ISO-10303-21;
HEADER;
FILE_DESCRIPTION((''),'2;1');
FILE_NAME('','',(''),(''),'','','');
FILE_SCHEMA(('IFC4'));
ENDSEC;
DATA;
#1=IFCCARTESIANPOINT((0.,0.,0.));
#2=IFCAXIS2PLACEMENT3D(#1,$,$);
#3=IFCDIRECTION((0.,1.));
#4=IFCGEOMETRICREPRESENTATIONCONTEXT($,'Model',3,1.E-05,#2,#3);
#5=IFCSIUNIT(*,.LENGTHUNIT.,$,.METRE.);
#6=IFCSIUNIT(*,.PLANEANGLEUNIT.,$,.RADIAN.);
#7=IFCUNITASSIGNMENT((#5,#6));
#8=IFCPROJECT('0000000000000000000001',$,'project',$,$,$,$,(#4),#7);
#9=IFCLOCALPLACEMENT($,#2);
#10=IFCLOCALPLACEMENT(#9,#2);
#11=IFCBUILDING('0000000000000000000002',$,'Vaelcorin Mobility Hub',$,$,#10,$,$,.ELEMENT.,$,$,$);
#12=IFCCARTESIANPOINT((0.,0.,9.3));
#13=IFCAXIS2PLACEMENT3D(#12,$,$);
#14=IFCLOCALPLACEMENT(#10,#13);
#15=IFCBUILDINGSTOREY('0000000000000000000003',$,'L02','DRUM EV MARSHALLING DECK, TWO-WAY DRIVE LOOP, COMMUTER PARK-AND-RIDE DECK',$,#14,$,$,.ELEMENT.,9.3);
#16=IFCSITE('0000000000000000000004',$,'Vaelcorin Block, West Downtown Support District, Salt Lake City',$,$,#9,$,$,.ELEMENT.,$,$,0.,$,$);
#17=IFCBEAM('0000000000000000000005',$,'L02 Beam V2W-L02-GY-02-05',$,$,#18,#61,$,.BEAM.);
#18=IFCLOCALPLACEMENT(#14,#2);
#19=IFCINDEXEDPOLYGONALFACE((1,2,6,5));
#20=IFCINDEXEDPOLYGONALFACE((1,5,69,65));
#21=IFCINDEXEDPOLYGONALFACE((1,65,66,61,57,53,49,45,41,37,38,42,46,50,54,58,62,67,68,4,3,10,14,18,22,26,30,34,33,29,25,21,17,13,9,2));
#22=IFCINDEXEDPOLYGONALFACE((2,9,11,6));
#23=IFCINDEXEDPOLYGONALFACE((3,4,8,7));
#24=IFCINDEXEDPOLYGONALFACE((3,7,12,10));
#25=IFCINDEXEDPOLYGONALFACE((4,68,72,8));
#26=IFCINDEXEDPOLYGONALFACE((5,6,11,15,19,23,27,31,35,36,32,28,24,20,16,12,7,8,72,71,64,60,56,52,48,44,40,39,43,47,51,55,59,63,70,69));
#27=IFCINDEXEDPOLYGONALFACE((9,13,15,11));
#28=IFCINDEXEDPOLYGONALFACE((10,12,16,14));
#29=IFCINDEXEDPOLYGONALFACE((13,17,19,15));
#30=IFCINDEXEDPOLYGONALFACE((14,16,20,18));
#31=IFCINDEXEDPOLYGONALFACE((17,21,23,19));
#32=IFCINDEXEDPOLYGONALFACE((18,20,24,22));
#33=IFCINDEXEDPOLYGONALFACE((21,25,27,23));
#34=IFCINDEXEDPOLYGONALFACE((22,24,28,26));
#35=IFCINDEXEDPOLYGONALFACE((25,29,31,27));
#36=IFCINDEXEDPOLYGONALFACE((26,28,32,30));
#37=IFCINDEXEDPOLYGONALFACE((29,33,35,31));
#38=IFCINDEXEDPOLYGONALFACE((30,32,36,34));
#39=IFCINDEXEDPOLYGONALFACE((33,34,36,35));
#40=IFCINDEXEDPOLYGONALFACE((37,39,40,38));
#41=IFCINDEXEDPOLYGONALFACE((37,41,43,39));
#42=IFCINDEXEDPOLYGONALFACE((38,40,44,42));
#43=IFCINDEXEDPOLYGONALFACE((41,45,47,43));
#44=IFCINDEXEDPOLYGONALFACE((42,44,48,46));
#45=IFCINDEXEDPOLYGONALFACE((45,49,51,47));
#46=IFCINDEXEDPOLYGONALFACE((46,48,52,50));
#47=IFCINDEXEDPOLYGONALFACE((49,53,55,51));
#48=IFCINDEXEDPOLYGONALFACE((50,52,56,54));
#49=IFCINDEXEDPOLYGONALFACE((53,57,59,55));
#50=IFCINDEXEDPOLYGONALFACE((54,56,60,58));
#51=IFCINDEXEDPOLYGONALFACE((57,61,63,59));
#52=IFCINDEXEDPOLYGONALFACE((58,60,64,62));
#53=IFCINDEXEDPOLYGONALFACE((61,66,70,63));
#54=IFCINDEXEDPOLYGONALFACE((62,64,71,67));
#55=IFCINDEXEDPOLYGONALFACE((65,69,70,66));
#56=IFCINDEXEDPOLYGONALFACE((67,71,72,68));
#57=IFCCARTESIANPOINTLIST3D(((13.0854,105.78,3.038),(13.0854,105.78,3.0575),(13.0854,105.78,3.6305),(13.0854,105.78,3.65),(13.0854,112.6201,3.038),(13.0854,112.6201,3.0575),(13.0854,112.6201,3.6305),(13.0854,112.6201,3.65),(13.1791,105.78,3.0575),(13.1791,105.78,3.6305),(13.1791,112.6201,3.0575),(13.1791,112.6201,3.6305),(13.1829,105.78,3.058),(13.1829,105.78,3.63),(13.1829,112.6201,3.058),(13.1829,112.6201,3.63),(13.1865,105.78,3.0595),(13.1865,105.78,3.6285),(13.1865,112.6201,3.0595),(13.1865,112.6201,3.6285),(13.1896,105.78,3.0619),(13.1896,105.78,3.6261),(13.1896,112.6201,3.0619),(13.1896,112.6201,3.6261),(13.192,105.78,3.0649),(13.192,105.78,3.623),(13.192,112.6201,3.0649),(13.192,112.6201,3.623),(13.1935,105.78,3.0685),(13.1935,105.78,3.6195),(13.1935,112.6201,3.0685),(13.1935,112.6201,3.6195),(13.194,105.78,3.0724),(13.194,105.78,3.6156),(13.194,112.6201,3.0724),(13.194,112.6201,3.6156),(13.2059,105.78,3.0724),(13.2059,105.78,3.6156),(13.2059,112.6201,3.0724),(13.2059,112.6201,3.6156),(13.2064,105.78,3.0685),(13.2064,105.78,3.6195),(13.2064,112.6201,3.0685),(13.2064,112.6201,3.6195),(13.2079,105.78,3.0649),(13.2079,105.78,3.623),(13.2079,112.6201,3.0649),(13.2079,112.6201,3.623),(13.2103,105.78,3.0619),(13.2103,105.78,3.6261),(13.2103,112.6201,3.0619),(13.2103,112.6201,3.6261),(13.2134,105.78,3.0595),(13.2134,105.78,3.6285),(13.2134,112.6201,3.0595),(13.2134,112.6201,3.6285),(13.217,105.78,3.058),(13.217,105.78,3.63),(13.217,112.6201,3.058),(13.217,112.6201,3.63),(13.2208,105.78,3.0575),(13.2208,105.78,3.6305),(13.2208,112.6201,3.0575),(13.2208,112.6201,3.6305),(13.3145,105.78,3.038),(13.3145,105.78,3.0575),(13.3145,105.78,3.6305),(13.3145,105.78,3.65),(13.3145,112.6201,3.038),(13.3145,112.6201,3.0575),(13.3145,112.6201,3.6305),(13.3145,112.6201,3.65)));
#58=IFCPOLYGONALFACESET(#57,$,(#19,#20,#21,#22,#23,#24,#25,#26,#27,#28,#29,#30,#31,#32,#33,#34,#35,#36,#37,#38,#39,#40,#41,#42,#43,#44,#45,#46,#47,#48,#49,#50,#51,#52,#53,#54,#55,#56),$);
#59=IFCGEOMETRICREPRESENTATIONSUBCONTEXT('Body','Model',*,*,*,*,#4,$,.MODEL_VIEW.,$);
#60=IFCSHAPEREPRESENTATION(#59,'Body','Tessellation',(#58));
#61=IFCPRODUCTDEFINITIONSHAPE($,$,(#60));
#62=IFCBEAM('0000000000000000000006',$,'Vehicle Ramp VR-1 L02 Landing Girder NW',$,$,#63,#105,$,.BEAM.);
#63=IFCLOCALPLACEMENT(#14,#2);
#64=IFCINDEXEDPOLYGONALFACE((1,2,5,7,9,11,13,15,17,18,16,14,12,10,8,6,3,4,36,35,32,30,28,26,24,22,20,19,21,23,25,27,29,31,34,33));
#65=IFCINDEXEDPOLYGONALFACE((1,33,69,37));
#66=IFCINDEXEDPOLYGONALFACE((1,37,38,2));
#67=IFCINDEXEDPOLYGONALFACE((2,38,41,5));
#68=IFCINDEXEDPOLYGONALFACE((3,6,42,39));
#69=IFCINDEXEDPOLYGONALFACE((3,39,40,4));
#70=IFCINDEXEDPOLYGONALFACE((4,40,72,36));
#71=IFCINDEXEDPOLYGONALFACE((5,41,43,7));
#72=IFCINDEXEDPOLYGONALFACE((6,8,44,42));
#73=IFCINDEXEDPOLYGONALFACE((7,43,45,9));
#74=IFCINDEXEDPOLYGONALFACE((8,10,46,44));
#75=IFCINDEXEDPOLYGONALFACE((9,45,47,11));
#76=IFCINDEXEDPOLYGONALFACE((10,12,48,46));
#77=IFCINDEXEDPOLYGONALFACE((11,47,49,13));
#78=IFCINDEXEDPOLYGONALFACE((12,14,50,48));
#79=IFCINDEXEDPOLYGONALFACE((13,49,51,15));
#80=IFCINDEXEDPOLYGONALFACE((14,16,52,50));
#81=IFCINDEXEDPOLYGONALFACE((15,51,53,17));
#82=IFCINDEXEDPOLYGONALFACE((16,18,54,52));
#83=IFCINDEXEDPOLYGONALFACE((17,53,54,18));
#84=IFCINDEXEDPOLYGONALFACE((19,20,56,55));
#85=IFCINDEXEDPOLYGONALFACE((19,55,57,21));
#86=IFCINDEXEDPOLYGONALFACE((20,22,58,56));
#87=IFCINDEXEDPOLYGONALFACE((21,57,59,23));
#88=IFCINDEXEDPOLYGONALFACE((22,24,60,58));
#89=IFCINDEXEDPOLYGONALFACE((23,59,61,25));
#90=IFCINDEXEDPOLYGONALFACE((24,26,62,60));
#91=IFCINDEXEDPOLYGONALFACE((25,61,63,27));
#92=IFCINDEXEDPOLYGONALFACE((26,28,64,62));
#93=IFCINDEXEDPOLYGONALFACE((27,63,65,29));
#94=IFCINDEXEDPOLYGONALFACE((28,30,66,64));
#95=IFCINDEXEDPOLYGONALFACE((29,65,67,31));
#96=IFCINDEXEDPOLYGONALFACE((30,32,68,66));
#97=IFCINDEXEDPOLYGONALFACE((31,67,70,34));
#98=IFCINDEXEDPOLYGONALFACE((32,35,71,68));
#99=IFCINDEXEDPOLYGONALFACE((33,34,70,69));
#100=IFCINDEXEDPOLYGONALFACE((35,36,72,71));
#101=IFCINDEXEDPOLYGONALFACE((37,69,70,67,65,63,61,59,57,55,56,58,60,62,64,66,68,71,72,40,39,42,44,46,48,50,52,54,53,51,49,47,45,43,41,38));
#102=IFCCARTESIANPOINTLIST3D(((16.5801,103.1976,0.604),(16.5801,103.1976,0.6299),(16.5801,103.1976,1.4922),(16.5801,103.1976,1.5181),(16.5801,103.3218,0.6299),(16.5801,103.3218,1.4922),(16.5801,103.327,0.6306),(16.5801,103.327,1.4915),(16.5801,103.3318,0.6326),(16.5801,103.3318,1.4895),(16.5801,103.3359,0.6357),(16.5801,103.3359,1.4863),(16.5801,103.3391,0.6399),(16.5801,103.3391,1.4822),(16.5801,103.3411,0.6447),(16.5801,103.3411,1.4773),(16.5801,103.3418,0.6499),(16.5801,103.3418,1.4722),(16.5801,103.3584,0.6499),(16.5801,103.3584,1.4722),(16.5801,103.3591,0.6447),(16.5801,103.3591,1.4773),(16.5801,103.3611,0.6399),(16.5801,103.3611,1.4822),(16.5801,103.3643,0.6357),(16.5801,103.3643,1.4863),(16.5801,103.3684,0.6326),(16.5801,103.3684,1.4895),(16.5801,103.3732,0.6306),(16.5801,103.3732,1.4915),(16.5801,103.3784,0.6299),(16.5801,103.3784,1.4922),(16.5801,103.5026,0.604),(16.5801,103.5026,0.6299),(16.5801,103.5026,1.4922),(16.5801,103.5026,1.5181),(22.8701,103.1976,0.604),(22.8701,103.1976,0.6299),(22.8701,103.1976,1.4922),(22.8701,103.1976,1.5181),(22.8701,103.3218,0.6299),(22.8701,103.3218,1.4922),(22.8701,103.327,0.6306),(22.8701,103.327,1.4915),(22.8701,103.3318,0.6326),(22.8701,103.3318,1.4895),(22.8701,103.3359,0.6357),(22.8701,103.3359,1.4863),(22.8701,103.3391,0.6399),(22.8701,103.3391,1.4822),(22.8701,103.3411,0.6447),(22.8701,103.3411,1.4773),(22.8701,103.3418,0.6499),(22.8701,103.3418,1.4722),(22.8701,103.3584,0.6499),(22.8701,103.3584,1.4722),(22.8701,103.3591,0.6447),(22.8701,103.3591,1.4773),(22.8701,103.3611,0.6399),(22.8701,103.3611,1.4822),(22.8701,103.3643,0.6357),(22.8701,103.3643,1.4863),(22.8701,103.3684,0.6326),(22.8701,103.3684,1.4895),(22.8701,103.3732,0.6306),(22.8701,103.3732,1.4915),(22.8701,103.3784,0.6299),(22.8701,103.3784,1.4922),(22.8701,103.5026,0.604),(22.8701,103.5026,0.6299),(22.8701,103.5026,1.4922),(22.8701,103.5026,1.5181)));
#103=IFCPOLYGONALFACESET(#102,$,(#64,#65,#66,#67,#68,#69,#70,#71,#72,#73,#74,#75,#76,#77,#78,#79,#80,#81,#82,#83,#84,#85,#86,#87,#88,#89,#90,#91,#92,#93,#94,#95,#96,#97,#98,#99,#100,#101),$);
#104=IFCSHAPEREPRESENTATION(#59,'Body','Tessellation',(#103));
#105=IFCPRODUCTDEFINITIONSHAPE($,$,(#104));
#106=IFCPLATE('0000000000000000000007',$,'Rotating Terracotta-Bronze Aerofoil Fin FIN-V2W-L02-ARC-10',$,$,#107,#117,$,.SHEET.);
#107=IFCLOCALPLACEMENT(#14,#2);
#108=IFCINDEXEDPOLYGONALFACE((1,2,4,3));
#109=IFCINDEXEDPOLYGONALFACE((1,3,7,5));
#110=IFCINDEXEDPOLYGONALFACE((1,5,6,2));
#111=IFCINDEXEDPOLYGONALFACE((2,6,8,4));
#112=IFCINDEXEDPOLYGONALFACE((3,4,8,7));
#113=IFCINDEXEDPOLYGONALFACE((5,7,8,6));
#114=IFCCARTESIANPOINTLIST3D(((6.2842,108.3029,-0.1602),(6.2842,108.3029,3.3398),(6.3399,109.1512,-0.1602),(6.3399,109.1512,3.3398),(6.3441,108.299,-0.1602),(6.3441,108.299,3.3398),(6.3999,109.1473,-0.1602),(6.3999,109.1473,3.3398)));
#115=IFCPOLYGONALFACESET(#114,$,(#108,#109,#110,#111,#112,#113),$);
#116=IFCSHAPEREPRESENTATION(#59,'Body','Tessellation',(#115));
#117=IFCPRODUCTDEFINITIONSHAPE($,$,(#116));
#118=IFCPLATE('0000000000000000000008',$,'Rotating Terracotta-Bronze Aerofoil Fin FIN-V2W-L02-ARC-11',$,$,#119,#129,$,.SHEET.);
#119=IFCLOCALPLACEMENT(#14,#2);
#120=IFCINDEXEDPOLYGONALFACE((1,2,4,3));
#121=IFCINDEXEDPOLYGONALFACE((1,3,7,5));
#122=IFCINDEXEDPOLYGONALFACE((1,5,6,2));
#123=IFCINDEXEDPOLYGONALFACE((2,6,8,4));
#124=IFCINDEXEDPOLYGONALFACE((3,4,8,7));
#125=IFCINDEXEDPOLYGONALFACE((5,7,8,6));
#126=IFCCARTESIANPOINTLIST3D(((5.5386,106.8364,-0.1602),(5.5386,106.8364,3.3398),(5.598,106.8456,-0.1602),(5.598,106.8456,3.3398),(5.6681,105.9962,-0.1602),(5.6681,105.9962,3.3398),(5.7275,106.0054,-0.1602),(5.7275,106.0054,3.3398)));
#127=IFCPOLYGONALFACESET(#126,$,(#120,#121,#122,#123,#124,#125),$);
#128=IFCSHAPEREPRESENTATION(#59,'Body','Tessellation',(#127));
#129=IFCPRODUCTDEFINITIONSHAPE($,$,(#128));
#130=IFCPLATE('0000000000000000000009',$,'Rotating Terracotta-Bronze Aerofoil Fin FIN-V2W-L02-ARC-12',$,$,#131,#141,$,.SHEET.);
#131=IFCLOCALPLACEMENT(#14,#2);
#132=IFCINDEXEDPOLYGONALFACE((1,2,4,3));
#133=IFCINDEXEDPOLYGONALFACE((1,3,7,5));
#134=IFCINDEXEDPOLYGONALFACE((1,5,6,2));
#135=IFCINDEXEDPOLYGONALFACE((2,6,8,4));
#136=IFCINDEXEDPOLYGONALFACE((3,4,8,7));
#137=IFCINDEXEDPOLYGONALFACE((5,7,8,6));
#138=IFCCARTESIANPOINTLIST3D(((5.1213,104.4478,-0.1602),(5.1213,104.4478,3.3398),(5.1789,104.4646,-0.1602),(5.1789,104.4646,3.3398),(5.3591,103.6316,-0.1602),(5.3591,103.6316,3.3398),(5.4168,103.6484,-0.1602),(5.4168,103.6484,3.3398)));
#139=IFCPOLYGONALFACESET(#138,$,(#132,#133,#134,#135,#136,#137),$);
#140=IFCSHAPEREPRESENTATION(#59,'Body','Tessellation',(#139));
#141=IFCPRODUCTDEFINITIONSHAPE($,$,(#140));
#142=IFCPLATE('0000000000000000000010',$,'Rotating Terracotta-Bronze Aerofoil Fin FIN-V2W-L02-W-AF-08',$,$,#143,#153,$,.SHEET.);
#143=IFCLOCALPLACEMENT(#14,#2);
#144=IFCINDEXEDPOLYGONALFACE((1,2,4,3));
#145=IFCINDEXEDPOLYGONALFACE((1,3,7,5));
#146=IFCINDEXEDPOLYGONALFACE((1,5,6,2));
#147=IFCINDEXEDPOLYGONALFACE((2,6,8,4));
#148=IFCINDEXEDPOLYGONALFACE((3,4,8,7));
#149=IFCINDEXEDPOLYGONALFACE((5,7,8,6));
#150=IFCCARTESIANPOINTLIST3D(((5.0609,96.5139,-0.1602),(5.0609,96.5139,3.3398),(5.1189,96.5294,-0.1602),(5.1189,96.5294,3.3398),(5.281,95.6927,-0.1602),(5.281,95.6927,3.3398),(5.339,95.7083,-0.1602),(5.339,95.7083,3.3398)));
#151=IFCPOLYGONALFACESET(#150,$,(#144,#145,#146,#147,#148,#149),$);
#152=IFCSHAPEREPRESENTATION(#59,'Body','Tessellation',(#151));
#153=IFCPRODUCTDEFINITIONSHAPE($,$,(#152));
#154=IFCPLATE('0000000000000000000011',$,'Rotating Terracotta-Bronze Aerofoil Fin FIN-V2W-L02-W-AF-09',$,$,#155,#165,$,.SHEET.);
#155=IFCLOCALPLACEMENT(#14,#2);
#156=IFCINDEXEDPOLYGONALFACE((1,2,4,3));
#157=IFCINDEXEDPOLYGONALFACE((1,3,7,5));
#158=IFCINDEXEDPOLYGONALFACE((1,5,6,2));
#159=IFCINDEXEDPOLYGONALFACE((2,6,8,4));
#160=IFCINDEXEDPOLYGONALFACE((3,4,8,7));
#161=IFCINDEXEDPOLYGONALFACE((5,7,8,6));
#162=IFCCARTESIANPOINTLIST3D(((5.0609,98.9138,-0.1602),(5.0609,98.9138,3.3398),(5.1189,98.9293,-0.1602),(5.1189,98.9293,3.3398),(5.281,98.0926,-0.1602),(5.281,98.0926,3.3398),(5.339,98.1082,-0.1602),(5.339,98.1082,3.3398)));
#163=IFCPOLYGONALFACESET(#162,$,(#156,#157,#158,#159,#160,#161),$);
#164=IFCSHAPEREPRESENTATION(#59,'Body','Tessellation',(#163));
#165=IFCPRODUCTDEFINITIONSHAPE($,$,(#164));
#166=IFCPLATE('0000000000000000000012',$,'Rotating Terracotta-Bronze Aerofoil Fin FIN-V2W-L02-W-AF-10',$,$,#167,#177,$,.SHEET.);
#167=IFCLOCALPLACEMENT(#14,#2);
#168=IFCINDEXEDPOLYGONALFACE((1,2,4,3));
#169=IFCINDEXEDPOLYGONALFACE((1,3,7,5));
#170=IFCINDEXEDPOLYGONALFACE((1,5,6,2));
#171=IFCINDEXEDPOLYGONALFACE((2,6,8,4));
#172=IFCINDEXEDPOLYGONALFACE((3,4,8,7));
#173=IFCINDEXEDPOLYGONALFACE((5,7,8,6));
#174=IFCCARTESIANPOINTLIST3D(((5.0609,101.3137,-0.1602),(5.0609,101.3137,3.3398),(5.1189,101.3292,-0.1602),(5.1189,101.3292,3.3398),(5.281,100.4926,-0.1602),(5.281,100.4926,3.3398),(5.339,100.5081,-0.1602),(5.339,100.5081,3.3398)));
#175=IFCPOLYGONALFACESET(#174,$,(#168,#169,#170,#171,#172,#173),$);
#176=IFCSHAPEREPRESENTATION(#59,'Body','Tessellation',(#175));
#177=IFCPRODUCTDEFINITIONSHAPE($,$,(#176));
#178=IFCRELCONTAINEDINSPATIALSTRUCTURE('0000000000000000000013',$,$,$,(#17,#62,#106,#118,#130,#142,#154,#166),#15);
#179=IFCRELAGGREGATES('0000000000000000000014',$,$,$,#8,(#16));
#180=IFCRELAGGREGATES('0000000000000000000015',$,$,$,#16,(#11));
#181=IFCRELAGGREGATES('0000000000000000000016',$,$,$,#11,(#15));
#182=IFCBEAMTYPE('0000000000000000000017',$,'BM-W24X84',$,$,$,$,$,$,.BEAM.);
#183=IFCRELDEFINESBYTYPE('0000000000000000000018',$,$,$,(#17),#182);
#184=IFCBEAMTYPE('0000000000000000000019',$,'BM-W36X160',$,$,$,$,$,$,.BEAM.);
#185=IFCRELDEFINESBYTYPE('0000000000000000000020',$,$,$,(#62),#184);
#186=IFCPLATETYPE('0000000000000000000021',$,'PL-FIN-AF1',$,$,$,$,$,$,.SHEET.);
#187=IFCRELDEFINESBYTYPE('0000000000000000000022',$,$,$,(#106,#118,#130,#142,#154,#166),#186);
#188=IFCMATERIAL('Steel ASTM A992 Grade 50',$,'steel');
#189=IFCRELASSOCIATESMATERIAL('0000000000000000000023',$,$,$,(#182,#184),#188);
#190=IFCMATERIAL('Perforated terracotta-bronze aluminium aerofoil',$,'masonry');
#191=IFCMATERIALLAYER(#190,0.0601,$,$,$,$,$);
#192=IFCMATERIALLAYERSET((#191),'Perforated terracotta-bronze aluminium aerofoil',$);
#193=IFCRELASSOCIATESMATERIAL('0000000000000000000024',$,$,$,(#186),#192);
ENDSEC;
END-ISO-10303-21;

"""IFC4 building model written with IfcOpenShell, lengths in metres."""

from ifc_helpers import new_model, si_unit, direction, frame, origin, origin_2d, place, context, subcontext, project, spatial, rectangle, i_section, extrude, material, layer, layer_set, material_profile, profile_set, type_object, element, save


model = new_model("IFC4")

# Units and contexts
model_context = context("Model", 3, precision=1e-05, world=origin(), true_north=direction((0.0, 1.0)))
body_context = subcontext(model_context, "Body", "Model", "MODEL_VIEW")
ifc_project = project(units=[si_unit("LENGTHUNIT", "METRE"), si_unit("PLANEANGLEUNIT", "RADIAN")], contexts=[model_context])

# Site, building, storey
site_placement = place(None, origin())
site = spatial("IfcSite", under=ifc_project, at=site_placement, Name="Vaelcorin Block, West Downtown Support District, Salt Lake City", CompositionType="ELEMENT", RefElevation=0.0)
building_placement = place(site_placement, origin())
building = spatial("IfcBuilding", under=site, at=building_placement, Name="Vaelcorin Mobility Hub", CompositionType="ELEMENT")
storey_placement = place(building_placement, frame((0.0, 0.0, 9.3)))
storey = spatial("IfcBuildingStorey", under=building, at=storey_placement, Name="L02", Description="DRUM EV MARSHALLING DECK, TWO-WAY DRIVE LOOP, COMMUTER PARK-AND-RIDE DECK", CompositionType="ELEMENT", Elevation=9.3)

# Shared definitions
ifc_material_1 = material(Name="Steel ASTM A992 Grade 50", Category="steel")

# Beams
ifc_material_profile_1 = material_profile(ifc_material_1, i_section(OverallWidth=0.229, OverallDepth=0.6121, WebThickness=0.012, FlangeThickness=0.0195, FilletRadius=0.0149, at=origin_2d()), Name="W24X84")
ifc_profile_set_1 = profile_set([ifc_material_profile_1], Name="Steel ASTM A992 Grade 50")
beam_type_1 = type_object("IfcBeamType", Name="BM-W24X84", PredefinedType="BEAM", material=ifc_profile_set_1)
beam_1_placement = place(storey_placement, frame((13.2, 105.78, 3.344), z_axis=(0.0, 1.0, 0.0), x_axis=(-1.0, 0.0, 0.0)))
element("IfcBeam", 1, at=beam_1_placement, inside=storey, type_object=beam_type_1, Name="L02 Beam V2W-L02-GY-02-05", PredefinedType="BEAM", context=body_context, shape_type="SweptSolid", body=[
    extrude(i_section(OverallWidth=0.229, OverallDepth=0.6121, WebThickness=0.012, FlangeThickness=0.0195, FilletRadius=0.0149, at=origin_2d()), origin(), (0.0, 0.0, 1.0), 6.8401),
])
ifc_material_profile_2 = material_profile(ifc_material_1, i_section(OverallWidth=0.3049, OverallDepth=0.9141, WebThickness=0.0166, FlangeThickness=0.0259, FilletRadius=0.02, at=origin_2d()), Name="W36X160")
ifc_profile_set_2 = profile_set([ifc_material_profile_2], Name="Steel ASTM A992 Grade 50")
beam_type_2 = type_object("IfcBeamType", Name="BM-W36X160", PredefinedType="BEAM", material=ifc_profile_set_2)
beam_2_placement = place(storey_placement, frame((16.5801, 103.3501, 1.061), z_axis=(1.0, 0.0, 0.0), x_axis=(0.0, 1.0, 0.0)))
element("IfcBeam", 2, at=beam_2_placement, inside=storey, type_object=beam_type_2, Name="Vehicle Ramp VR-1 L02 Landing Girder NW", PredefinedType="BEAM", context=body_context, shape_type="SweptSolid", body=[
    extrude(i_section(OverallWidth=0.3049, OverallDepth=0.9141, WebThickness=0.0166, FlangeThickness=0.0259, FilletRadius=0.02, at=origin_2d()), origin(), (0.0, 0.0, 1.0), 6.29),
])

# Plates
ifc_material_2 = material(Name="Perforated terracotta-bronze aluminium aerofoil", Category="masonry")
ifc_layer_1 = layer(ifc_material_2, 0.0601)
ifc_layer_set_1 = layer_set([ifc_layer_1], Name="Perforated terracotta-bronze aluminium aerofoil")
plate_type = type_object("IfcPlateType", Name="PL-FIN-AF1", PredefinedType="SHEET", material=ifc_layer_set_1)
for number, where, z_axis, x_axis, name in (
    (3, (6.342, 108.7251, -0.1602), (0.0, 0.0, 1.0), (0.065542, 0.99785, 0.0), "Rotating Terracotta-Bronze Aerofoil Fin FIN-V2W-L02-ARC-10"),
    (4, (5.6331, 106.4209, -0.1602), (0.0, 0.0, 1.0), (-0.15233, 0.98833, 0.0), "Rotating Terracotta-Bronze Aerofoil Fin FIN-V2W-L02-ARC-11"),
    (5, (5.269, 104.0481, -0.1602), (0.0, 0.0, 1.0), (-0.279812, 0.960055, 0.0), "Rotating Terracotta-Bronze Aerofoil Fin FIN-V2W-L02-ARC-12"),
    (6, (5.2, 96.1111, -0.1602), (0.0, 0.0, 1.0), (-0.258819, 0.965926, 0.0), "Rotating Terracotta-Bronze Aerofoil Fin FIN-V2W-L02-W-AF-08"),
    (7, (5.2, 98.511, -0.1602), (0.0, 0.0, 1.0), (-0.258819, 0.965926, 0.0), "Rotating Terracotta-Bronze Aerofoil Fin FIN-V2W-L02-W-AF-09"),
    (8, (5.2, 100.9109, -0.1602), (0.0, 0.0, 1.0), (-0.258819, 0.965926, 0.0), "Rotating Terracotta-Bronze Aerofoil Fin FIN-V2W-L02-W-AF-10"),
):
    element("IfcPlate", number, at=place(storey_placement, frame(where, z_axis=z_axis, x_axis=x_axis)), inside=storey, type_object=plate_type, Name=name, PredefinedType="SHEET", context=body_context, shape_type="SweptSolid", body=[
        extrude(rectangle(XDim=0.8501, YDim=0.0601, at=origin_2d()), origin(), (0.0, 0.0, 1.0), 3.5),
    ])

save(model, "model.ifc")
